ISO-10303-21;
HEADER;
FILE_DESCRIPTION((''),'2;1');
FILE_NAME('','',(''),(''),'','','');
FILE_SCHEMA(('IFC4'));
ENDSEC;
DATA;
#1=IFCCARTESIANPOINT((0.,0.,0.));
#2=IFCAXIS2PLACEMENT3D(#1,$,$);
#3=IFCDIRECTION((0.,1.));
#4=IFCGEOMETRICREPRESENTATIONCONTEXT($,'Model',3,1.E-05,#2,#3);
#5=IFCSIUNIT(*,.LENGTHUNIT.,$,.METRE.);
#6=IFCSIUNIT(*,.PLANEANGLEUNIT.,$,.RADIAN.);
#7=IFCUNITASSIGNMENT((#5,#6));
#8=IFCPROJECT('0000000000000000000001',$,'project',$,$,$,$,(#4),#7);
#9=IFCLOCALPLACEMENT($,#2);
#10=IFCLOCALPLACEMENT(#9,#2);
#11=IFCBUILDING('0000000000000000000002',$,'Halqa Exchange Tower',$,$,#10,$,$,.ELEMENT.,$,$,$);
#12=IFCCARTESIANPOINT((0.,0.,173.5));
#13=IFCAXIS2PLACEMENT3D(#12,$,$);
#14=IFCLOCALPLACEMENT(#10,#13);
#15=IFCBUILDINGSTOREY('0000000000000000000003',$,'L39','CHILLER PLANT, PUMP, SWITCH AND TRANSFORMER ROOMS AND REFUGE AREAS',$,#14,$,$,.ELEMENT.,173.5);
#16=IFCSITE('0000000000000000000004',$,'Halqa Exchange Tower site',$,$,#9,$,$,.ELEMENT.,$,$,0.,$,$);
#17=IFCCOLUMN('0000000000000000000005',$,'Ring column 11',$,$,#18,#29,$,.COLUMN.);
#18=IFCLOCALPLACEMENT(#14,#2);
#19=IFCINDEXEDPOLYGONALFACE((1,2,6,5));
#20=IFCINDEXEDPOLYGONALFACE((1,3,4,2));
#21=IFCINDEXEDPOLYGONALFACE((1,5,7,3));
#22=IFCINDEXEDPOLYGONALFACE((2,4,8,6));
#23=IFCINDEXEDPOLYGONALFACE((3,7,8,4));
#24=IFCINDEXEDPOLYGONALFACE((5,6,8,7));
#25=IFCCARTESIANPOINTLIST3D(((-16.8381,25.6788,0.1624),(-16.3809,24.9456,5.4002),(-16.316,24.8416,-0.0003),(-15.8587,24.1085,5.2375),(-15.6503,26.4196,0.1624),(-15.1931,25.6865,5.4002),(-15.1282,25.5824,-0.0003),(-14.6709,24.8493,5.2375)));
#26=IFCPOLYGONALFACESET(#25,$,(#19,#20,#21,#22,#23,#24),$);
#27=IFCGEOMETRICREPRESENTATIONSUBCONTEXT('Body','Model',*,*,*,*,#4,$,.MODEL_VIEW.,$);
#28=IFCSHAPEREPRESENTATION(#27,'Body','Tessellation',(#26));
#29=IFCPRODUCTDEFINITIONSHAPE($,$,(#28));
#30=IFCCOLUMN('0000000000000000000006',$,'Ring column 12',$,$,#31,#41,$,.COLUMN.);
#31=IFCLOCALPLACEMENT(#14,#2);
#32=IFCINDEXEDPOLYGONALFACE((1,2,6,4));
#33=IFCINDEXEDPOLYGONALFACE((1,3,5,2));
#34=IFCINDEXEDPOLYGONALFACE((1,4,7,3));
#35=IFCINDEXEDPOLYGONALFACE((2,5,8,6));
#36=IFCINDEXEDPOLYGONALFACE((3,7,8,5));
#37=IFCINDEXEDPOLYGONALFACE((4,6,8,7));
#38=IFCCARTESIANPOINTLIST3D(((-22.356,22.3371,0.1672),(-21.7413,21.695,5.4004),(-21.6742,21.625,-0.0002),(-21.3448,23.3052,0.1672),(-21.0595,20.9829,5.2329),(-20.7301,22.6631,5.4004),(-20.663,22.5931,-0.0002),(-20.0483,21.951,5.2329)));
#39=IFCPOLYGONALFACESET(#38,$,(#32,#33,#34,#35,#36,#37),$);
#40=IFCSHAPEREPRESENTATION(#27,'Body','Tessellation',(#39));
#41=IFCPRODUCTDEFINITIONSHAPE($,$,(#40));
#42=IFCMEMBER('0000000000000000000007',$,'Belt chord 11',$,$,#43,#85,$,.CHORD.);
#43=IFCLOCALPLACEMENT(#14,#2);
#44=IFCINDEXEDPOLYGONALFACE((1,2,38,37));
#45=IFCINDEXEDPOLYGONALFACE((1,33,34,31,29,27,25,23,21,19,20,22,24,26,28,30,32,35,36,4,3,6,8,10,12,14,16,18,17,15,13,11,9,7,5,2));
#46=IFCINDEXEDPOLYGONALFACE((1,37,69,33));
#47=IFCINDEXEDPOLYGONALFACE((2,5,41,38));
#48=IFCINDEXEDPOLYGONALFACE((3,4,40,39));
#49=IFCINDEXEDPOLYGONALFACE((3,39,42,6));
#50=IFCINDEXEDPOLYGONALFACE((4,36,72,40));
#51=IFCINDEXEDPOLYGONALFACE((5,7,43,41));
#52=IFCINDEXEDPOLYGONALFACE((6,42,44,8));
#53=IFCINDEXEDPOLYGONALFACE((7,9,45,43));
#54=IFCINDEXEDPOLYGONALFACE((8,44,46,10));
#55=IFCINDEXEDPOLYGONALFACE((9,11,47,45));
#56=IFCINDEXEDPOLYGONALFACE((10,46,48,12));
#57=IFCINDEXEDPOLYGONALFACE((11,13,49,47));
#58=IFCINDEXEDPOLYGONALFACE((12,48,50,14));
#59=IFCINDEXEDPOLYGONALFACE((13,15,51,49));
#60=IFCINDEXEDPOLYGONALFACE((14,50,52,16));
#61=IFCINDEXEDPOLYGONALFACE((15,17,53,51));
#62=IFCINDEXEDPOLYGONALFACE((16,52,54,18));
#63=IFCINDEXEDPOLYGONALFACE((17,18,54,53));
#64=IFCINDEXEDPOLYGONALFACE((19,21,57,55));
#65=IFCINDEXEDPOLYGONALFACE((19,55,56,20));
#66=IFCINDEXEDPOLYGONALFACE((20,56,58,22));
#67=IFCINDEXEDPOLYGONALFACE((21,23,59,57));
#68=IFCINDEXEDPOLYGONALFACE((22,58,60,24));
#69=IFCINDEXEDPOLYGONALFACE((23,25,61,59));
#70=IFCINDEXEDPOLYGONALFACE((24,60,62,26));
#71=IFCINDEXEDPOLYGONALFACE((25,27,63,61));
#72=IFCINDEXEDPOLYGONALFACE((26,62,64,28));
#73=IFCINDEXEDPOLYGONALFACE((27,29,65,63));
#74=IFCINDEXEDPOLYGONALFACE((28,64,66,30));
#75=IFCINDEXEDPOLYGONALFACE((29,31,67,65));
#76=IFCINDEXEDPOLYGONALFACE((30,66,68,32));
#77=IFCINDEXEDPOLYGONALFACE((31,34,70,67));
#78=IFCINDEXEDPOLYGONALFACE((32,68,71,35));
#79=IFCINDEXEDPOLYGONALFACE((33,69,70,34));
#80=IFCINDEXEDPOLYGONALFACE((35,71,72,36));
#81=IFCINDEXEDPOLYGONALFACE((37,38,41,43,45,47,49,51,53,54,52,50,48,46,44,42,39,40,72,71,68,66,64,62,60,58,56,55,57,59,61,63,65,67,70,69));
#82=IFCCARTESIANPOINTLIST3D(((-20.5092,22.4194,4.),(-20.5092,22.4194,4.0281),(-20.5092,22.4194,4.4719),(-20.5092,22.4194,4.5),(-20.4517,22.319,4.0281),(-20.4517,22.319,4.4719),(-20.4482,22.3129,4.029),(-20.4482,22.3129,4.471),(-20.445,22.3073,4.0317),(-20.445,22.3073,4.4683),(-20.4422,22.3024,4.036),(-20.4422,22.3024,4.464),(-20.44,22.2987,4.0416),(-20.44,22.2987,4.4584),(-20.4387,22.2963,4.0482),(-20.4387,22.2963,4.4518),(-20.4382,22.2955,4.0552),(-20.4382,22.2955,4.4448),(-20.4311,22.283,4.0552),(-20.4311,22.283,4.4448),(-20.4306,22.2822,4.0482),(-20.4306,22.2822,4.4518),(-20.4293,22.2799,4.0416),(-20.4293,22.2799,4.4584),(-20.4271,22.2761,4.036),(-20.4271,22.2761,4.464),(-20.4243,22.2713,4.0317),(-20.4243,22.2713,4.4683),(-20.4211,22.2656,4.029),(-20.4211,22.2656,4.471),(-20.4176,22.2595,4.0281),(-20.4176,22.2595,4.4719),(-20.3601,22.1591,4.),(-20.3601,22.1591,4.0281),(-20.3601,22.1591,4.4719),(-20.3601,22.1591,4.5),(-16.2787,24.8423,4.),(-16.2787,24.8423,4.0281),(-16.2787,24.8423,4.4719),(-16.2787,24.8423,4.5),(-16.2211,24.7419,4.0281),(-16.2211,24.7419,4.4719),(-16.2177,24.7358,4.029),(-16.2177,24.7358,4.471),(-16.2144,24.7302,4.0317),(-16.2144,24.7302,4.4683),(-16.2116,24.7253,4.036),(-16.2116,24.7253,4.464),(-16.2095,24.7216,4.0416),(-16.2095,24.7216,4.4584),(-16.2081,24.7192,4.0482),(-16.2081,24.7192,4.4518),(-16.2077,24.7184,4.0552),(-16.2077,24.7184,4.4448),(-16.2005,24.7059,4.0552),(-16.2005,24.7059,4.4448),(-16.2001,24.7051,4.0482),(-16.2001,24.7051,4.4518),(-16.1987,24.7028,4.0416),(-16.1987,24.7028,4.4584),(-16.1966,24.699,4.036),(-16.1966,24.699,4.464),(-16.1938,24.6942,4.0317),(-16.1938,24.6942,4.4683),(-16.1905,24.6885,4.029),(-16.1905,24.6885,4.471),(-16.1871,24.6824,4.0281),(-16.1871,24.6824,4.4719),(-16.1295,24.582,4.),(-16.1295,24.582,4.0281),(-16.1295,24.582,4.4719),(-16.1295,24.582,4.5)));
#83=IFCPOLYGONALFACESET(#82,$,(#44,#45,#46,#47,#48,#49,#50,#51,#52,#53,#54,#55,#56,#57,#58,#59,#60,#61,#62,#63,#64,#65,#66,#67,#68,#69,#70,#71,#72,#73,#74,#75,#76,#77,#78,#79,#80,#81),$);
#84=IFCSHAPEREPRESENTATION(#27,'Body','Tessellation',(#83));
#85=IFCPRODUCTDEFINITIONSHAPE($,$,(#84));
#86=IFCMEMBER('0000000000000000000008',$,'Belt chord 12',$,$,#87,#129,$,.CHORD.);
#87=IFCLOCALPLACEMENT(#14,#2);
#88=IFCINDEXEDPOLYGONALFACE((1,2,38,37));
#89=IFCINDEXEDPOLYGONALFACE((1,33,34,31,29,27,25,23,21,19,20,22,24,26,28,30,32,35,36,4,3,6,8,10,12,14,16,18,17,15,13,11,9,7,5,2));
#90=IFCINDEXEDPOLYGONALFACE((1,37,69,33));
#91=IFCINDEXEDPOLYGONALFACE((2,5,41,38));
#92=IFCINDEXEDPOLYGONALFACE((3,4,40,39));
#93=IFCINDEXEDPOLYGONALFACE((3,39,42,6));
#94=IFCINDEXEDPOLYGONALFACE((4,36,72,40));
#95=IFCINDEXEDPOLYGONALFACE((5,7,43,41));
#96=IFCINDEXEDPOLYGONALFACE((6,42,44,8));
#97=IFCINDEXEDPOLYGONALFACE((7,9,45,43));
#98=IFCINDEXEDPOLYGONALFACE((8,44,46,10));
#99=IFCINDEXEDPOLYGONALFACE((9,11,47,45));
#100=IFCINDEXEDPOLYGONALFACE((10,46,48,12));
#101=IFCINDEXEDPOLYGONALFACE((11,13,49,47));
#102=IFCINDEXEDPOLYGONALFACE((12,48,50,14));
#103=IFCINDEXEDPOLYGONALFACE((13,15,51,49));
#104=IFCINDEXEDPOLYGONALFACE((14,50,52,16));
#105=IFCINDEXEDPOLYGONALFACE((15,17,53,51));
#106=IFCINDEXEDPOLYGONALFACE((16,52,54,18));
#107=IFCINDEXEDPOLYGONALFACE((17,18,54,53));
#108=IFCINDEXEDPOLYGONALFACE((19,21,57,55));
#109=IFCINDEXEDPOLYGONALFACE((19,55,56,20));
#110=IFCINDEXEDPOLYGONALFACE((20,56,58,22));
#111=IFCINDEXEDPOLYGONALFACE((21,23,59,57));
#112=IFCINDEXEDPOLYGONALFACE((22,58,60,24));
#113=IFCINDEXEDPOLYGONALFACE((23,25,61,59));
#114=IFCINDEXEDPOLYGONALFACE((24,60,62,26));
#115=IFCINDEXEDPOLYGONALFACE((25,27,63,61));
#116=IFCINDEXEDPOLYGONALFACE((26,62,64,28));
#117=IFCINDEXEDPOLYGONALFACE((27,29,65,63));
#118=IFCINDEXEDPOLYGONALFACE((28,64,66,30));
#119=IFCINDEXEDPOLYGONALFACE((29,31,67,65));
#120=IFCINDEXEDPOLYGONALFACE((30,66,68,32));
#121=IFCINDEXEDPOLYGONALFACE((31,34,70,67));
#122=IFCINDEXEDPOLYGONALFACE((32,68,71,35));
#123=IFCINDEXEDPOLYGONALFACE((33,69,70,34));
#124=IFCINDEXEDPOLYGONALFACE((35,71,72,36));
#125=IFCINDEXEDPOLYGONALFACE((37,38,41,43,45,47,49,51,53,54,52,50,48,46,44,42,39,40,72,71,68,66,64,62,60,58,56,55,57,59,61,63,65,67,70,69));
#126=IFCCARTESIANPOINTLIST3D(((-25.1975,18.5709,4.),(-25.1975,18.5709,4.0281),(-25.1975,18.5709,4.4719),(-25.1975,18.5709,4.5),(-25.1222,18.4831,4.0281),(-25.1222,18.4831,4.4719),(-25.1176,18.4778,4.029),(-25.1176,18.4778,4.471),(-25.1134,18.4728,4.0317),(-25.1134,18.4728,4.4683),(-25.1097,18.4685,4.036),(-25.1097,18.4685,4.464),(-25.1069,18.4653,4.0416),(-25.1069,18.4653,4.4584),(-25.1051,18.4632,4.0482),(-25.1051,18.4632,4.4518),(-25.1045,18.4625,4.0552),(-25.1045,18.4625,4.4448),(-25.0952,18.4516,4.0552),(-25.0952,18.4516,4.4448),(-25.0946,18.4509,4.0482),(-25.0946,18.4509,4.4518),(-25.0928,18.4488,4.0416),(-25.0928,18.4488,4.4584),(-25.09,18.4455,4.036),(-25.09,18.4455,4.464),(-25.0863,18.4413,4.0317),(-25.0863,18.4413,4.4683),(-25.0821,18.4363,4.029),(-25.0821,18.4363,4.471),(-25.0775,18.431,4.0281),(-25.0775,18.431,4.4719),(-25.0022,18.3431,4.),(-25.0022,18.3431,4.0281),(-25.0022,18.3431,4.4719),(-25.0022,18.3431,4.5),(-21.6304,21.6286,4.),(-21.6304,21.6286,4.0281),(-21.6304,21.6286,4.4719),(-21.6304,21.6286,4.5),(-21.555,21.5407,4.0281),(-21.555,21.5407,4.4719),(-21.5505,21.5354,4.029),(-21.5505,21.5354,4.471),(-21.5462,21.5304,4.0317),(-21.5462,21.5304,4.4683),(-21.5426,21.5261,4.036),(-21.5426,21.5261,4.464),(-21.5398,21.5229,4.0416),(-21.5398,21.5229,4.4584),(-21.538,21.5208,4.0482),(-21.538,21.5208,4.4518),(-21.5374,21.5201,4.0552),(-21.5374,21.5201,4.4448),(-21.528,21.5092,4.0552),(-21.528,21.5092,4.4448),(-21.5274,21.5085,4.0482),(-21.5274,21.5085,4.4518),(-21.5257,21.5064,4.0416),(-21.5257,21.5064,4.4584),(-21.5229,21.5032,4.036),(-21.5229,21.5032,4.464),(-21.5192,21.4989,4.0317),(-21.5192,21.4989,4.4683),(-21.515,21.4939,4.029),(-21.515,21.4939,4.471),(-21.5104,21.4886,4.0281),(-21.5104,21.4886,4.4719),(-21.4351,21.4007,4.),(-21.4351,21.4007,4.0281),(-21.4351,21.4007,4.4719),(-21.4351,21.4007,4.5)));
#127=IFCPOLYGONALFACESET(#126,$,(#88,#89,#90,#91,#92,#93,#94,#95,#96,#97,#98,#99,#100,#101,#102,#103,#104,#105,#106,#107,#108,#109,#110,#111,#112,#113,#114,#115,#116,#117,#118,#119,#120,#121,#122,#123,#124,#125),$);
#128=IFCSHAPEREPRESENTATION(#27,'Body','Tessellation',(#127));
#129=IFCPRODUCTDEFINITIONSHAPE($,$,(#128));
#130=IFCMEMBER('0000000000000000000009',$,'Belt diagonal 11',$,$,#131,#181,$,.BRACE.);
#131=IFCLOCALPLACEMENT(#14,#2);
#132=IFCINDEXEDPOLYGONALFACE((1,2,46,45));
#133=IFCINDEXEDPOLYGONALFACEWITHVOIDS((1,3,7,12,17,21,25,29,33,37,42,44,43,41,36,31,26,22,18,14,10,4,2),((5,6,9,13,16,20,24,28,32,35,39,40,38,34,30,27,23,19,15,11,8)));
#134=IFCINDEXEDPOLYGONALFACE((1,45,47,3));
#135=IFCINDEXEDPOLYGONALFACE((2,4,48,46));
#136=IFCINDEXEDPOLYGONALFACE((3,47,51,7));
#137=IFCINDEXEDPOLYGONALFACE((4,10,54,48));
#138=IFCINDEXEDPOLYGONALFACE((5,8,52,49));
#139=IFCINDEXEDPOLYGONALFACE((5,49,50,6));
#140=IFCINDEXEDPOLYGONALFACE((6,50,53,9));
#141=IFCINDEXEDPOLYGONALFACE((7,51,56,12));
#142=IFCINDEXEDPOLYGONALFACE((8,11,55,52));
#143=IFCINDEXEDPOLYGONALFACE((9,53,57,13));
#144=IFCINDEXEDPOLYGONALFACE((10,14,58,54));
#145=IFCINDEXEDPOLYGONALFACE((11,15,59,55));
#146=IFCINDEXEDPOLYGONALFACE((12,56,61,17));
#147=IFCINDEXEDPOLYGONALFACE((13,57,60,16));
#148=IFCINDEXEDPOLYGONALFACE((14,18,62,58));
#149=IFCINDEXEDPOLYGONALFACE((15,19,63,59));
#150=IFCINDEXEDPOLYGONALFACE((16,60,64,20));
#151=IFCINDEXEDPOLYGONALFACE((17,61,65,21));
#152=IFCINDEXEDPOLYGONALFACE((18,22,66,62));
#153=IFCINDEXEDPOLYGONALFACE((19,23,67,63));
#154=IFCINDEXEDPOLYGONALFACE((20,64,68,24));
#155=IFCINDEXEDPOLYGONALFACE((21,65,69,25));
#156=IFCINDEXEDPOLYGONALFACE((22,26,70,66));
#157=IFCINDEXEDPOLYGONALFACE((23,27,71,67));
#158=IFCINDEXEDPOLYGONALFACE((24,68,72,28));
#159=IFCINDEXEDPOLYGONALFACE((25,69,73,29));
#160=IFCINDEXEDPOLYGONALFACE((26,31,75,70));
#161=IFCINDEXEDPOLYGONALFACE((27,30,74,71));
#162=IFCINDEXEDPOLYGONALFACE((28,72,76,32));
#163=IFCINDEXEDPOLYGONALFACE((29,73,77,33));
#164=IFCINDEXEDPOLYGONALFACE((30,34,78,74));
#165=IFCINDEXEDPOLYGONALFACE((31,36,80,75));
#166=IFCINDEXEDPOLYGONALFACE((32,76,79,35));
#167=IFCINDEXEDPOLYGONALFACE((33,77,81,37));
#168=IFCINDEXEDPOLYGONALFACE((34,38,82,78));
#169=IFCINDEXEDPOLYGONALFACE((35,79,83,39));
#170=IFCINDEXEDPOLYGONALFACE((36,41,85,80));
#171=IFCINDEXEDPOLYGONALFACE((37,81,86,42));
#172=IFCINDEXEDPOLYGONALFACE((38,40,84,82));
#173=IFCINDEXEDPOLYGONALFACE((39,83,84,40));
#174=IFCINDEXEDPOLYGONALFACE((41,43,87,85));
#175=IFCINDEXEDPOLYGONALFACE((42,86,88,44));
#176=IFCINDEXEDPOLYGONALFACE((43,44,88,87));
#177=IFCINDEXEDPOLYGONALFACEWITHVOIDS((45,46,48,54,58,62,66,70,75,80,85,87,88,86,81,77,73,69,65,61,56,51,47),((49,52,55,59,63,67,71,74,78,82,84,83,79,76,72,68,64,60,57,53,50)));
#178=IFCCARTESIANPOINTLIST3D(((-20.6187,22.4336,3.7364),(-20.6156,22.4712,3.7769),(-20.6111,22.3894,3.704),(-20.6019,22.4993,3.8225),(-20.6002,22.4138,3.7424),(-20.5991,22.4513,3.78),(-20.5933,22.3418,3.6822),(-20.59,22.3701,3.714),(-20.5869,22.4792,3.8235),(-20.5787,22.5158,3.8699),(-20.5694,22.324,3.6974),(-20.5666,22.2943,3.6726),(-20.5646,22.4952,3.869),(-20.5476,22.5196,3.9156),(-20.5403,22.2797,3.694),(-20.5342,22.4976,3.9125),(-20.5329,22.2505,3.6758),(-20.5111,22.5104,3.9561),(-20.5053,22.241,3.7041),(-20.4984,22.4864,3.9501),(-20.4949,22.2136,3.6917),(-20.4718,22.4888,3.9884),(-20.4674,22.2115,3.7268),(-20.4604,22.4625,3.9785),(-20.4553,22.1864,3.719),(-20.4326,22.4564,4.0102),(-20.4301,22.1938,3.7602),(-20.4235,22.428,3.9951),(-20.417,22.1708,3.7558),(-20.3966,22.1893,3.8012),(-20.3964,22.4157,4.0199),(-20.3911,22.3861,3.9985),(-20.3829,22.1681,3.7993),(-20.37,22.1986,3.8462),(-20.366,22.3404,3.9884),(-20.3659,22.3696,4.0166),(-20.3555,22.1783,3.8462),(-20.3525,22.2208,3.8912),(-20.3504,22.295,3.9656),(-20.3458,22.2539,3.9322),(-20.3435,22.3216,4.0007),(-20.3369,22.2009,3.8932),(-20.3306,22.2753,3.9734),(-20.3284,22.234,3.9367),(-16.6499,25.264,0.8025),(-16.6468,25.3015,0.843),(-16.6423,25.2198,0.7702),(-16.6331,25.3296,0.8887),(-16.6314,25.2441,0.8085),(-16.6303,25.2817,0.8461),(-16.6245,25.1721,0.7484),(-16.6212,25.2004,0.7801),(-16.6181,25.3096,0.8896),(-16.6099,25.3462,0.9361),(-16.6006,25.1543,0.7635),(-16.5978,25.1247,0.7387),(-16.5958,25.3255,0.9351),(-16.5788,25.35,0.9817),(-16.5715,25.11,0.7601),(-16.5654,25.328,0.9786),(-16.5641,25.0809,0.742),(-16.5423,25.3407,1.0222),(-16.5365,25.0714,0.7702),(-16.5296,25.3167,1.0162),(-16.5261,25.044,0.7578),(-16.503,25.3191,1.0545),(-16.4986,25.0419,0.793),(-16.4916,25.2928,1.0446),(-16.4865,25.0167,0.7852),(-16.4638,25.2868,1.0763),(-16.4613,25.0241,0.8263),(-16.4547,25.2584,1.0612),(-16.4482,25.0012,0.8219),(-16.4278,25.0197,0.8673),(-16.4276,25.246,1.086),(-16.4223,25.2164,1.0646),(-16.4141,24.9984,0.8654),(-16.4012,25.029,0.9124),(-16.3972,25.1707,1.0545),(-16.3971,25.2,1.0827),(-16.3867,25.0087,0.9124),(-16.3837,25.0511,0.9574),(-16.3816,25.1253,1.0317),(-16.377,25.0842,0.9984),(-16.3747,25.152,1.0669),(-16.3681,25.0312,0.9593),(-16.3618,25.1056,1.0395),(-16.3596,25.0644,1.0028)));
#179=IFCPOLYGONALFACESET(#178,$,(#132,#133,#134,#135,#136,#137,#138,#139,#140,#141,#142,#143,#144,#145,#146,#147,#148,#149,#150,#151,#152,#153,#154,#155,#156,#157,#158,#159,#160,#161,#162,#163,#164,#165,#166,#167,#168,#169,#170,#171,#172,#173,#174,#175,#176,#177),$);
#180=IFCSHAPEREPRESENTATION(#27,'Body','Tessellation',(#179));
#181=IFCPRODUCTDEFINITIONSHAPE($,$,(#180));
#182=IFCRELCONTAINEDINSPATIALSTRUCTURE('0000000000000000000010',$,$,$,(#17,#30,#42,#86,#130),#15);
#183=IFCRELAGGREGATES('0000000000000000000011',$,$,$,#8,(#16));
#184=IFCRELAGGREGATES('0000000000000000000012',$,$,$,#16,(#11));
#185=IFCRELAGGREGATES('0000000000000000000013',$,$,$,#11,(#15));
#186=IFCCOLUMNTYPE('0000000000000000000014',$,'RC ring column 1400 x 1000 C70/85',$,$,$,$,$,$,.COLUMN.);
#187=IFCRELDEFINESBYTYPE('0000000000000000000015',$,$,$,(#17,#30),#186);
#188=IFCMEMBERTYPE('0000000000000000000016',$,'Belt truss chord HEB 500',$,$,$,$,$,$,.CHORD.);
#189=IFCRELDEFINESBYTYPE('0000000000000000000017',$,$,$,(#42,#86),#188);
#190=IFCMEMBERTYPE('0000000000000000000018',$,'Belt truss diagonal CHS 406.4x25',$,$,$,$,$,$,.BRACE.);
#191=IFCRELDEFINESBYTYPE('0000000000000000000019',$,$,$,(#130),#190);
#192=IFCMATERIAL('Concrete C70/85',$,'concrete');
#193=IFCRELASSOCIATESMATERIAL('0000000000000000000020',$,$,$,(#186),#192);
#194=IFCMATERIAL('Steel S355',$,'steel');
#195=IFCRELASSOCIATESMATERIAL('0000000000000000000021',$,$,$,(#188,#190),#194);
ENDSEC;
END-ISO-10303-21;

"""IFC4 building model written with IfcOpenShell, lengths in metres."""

from ifc_helpers import new_model, si_unit, direction, frame, origin, origin_2d, place, context, subcontext, project, spatial, rectangle, hollow_circle, i_section, extrude, material, material_profile, profile_set, type_object, element, save


model = new_model("IFC4")

# Units and contexts
model_context = context("Model", 3, precision=1e-05, world=origin(), true_north=direction((0.0, 1.0)))
body_context = subcontext(model_context, "Body", "Model", "MODEL_VIEW")
ifc_project = project(units=[si_unit("LENGTHUNIT", "METRE"), si_unit("PLANEANGLEUNIT", "RADIAN")], contexts=[model_context])

# Site, building, storey
site_placement = place(None, origin())
site = spatial("IfcSite", under=ifc_project, at=site_placement, Name="Halqa Exchange Tower site", CompositionType="ELEMENT", RefElevation=0.0)
building_placement = place(site_placement, origin())
building = spatial("IfcBuilding", under=site, at=building_placement, Name="Halqa Exchange Tower", CompositionType="ELEMENT")
storey_placement = place(building_placement, frame((0.0, 0.0, 173.5)))
storey = spatial("IfcBuildingStorey", under=building, at=storey_placement, Name="L39", Description="CHILLER PLANT, PUMP, SWITCH AND TRANSFORMER ROOMS AND REFUGE AREAS", CompositionType="ELEMENT", Elevation=173.5)

# Columns
ifc_material_1 = material(Name="Concrete C70/85", Category="concrete")
ifc_material_profile_1 = material_profile(ifc_material_1, rectangle(XDim=1.3999, YDim=1.0, at=origin_2d()), Name="1400 x 1000")
ifc_profile_set_1 = profile_set([ifc_material_profile_1], Name="Concrete C70/85")
column_type = type_object("IfcColumnType", Name="RC ring column 1400 x 1000 C70/85", PredefinedType="COLUMN", material=ifc_profile_set_1)
column_1_placement = place(storey_placement, frame((-15.9832, 25.6306, 0.0811), z_axis=(0.086139, -0.138107, 0.986664), x_axis=(0.84849, 0.529211, 0.0)))
element("IfcColumn", 1, at=column_1_placement, inside=storey, type_object=column_type, Name="Ring column 11", PredefinedType="COLUMN", context=body_context, shape_type="SweptSolid", body=[
    extrude(rectangle(XDim=1.3999, YDim=1.0, at=origin_2d()), origin(), (0.0, 0.0, 1.0), 5.3086),
])
column_2_placement = place(storey_placement, frame((-21.5095, 22.4651, 0.0835), z_axis=(0.115812, -0.120964, 0.985878), x_axis=(0.72232, 0.691559, 0.0)))
element("IfcColumn", 2, at=column_2_placement, inside=storey, type_object=column_type, Name="Ring column 12", PredefinedType="COLUMN", context=body_context, shape_type="SweptSolid", body=[
    extrude(rectangle(XDim=1.3999, YDim=1.0, at=origin_2d()), origin(), (0.0, 0.0, 1.0), 5.3081),
])

# Members
ifc_material_2 = material(Name="Steel S355", Category="steel")
ifc_material_profile_2 = material_profile(ifc_material_2, i_section(OverallWidth=0.3, OverallDepth=0.5, WebThickness=0.0144, FlangeThickness=0.0281, FilletRadius=0.0271, at=origin_2d()), Name="HEB 500")
ifc_profile_set_2 = profile_set([ifc_material_profile_2], Name="Steel S355")
member_type_1 = type_object("IfcMemberType", Name="Belt truss chord HEB 500", PredefinedType="CHORD", material=ifc_profile_set_2)
member_1_placement = place(storey_placement, frame((-16.2041, 24.7122, 4.25), z_axis=(-0.867762, -0.49698, 0.0), x_axis=(0.49698, -0.867762, 0.0)))
element("IfcMember", 3, at=member_1_placement, inside=storey, type_object=member_type_1, Name="Belt chord 11", PredefinedType="CHORD", context=body_context, shape_type="SweptSolid", body=[
    extrude(i_section(OverallWidth=0.3, OverallDepth=0.5, WebThickness=0.0144, FlangeThickness=0.0281, FilletRadius=0.0271, at=origin_2d()), origin(), (0.0, 0.0, 1.0), 4.8752),
])
member_2_placement = place(storey_placement, frame((-21.5327, 21.5146, 4.25), z_axis=(-0.759249, -0.6508, 0.0), x_axis=(0.6508, -0.759249, 0.0)))
element("IfcMember", 4, at=member_2_placement, inside=storey, type_object=member_type_1, Name="Belt chord 12", PredefinedType="CHORD", context=body_context, shape_type="SweptSolid", body=[
    extrude(i_section(OverallWidth=0.3, OverallDepth=0.5, WebThickness=0.0144, FlangeThickness=0.0281, FilletRadius=0.0271, at=origin_2d()), origin(), (0.0, 0.0, 1.0), 4.6982),
])
ifc_material_profile_3 = material_profile(ifc_material_2, hollow_circle(Radius=0.2031, WallThickness=0.0249, at=origin_2d()), Name="CHS 406.4x25")
ifc_profile_set_3 = profile_set([ifc_material_profile_3], Name="Steel S355")
member_type_2 = type_object("IfcMemberType", Name="Belt truss diagonal CHS 406.4x25", PredefinedType="BRACE", material=ifc_profile_set_3)
member_3_placement = place(storey_placement, frame((-16.5046, 25.1741, 0.9124), z_axis=(-0.697571, -0.497474, 0.515669), x_axis=(0.580627, -0.81417, 0.0)))
element("IfcMember", 5, at=member_3_placement, inside=storey, type_object=member_type_2, Name="Belt diagonal 11", PredefinedType="BRACE", context=body_context, shape_type="SweptSolid", body=[
    extrude(hollow_circle(Radius=0.2031, WallThickness=0.0249, at=origin_2d()), origin(), (0.0, 0.0, 1.0), 5.6895),
])

save(model, "model.ifc")
